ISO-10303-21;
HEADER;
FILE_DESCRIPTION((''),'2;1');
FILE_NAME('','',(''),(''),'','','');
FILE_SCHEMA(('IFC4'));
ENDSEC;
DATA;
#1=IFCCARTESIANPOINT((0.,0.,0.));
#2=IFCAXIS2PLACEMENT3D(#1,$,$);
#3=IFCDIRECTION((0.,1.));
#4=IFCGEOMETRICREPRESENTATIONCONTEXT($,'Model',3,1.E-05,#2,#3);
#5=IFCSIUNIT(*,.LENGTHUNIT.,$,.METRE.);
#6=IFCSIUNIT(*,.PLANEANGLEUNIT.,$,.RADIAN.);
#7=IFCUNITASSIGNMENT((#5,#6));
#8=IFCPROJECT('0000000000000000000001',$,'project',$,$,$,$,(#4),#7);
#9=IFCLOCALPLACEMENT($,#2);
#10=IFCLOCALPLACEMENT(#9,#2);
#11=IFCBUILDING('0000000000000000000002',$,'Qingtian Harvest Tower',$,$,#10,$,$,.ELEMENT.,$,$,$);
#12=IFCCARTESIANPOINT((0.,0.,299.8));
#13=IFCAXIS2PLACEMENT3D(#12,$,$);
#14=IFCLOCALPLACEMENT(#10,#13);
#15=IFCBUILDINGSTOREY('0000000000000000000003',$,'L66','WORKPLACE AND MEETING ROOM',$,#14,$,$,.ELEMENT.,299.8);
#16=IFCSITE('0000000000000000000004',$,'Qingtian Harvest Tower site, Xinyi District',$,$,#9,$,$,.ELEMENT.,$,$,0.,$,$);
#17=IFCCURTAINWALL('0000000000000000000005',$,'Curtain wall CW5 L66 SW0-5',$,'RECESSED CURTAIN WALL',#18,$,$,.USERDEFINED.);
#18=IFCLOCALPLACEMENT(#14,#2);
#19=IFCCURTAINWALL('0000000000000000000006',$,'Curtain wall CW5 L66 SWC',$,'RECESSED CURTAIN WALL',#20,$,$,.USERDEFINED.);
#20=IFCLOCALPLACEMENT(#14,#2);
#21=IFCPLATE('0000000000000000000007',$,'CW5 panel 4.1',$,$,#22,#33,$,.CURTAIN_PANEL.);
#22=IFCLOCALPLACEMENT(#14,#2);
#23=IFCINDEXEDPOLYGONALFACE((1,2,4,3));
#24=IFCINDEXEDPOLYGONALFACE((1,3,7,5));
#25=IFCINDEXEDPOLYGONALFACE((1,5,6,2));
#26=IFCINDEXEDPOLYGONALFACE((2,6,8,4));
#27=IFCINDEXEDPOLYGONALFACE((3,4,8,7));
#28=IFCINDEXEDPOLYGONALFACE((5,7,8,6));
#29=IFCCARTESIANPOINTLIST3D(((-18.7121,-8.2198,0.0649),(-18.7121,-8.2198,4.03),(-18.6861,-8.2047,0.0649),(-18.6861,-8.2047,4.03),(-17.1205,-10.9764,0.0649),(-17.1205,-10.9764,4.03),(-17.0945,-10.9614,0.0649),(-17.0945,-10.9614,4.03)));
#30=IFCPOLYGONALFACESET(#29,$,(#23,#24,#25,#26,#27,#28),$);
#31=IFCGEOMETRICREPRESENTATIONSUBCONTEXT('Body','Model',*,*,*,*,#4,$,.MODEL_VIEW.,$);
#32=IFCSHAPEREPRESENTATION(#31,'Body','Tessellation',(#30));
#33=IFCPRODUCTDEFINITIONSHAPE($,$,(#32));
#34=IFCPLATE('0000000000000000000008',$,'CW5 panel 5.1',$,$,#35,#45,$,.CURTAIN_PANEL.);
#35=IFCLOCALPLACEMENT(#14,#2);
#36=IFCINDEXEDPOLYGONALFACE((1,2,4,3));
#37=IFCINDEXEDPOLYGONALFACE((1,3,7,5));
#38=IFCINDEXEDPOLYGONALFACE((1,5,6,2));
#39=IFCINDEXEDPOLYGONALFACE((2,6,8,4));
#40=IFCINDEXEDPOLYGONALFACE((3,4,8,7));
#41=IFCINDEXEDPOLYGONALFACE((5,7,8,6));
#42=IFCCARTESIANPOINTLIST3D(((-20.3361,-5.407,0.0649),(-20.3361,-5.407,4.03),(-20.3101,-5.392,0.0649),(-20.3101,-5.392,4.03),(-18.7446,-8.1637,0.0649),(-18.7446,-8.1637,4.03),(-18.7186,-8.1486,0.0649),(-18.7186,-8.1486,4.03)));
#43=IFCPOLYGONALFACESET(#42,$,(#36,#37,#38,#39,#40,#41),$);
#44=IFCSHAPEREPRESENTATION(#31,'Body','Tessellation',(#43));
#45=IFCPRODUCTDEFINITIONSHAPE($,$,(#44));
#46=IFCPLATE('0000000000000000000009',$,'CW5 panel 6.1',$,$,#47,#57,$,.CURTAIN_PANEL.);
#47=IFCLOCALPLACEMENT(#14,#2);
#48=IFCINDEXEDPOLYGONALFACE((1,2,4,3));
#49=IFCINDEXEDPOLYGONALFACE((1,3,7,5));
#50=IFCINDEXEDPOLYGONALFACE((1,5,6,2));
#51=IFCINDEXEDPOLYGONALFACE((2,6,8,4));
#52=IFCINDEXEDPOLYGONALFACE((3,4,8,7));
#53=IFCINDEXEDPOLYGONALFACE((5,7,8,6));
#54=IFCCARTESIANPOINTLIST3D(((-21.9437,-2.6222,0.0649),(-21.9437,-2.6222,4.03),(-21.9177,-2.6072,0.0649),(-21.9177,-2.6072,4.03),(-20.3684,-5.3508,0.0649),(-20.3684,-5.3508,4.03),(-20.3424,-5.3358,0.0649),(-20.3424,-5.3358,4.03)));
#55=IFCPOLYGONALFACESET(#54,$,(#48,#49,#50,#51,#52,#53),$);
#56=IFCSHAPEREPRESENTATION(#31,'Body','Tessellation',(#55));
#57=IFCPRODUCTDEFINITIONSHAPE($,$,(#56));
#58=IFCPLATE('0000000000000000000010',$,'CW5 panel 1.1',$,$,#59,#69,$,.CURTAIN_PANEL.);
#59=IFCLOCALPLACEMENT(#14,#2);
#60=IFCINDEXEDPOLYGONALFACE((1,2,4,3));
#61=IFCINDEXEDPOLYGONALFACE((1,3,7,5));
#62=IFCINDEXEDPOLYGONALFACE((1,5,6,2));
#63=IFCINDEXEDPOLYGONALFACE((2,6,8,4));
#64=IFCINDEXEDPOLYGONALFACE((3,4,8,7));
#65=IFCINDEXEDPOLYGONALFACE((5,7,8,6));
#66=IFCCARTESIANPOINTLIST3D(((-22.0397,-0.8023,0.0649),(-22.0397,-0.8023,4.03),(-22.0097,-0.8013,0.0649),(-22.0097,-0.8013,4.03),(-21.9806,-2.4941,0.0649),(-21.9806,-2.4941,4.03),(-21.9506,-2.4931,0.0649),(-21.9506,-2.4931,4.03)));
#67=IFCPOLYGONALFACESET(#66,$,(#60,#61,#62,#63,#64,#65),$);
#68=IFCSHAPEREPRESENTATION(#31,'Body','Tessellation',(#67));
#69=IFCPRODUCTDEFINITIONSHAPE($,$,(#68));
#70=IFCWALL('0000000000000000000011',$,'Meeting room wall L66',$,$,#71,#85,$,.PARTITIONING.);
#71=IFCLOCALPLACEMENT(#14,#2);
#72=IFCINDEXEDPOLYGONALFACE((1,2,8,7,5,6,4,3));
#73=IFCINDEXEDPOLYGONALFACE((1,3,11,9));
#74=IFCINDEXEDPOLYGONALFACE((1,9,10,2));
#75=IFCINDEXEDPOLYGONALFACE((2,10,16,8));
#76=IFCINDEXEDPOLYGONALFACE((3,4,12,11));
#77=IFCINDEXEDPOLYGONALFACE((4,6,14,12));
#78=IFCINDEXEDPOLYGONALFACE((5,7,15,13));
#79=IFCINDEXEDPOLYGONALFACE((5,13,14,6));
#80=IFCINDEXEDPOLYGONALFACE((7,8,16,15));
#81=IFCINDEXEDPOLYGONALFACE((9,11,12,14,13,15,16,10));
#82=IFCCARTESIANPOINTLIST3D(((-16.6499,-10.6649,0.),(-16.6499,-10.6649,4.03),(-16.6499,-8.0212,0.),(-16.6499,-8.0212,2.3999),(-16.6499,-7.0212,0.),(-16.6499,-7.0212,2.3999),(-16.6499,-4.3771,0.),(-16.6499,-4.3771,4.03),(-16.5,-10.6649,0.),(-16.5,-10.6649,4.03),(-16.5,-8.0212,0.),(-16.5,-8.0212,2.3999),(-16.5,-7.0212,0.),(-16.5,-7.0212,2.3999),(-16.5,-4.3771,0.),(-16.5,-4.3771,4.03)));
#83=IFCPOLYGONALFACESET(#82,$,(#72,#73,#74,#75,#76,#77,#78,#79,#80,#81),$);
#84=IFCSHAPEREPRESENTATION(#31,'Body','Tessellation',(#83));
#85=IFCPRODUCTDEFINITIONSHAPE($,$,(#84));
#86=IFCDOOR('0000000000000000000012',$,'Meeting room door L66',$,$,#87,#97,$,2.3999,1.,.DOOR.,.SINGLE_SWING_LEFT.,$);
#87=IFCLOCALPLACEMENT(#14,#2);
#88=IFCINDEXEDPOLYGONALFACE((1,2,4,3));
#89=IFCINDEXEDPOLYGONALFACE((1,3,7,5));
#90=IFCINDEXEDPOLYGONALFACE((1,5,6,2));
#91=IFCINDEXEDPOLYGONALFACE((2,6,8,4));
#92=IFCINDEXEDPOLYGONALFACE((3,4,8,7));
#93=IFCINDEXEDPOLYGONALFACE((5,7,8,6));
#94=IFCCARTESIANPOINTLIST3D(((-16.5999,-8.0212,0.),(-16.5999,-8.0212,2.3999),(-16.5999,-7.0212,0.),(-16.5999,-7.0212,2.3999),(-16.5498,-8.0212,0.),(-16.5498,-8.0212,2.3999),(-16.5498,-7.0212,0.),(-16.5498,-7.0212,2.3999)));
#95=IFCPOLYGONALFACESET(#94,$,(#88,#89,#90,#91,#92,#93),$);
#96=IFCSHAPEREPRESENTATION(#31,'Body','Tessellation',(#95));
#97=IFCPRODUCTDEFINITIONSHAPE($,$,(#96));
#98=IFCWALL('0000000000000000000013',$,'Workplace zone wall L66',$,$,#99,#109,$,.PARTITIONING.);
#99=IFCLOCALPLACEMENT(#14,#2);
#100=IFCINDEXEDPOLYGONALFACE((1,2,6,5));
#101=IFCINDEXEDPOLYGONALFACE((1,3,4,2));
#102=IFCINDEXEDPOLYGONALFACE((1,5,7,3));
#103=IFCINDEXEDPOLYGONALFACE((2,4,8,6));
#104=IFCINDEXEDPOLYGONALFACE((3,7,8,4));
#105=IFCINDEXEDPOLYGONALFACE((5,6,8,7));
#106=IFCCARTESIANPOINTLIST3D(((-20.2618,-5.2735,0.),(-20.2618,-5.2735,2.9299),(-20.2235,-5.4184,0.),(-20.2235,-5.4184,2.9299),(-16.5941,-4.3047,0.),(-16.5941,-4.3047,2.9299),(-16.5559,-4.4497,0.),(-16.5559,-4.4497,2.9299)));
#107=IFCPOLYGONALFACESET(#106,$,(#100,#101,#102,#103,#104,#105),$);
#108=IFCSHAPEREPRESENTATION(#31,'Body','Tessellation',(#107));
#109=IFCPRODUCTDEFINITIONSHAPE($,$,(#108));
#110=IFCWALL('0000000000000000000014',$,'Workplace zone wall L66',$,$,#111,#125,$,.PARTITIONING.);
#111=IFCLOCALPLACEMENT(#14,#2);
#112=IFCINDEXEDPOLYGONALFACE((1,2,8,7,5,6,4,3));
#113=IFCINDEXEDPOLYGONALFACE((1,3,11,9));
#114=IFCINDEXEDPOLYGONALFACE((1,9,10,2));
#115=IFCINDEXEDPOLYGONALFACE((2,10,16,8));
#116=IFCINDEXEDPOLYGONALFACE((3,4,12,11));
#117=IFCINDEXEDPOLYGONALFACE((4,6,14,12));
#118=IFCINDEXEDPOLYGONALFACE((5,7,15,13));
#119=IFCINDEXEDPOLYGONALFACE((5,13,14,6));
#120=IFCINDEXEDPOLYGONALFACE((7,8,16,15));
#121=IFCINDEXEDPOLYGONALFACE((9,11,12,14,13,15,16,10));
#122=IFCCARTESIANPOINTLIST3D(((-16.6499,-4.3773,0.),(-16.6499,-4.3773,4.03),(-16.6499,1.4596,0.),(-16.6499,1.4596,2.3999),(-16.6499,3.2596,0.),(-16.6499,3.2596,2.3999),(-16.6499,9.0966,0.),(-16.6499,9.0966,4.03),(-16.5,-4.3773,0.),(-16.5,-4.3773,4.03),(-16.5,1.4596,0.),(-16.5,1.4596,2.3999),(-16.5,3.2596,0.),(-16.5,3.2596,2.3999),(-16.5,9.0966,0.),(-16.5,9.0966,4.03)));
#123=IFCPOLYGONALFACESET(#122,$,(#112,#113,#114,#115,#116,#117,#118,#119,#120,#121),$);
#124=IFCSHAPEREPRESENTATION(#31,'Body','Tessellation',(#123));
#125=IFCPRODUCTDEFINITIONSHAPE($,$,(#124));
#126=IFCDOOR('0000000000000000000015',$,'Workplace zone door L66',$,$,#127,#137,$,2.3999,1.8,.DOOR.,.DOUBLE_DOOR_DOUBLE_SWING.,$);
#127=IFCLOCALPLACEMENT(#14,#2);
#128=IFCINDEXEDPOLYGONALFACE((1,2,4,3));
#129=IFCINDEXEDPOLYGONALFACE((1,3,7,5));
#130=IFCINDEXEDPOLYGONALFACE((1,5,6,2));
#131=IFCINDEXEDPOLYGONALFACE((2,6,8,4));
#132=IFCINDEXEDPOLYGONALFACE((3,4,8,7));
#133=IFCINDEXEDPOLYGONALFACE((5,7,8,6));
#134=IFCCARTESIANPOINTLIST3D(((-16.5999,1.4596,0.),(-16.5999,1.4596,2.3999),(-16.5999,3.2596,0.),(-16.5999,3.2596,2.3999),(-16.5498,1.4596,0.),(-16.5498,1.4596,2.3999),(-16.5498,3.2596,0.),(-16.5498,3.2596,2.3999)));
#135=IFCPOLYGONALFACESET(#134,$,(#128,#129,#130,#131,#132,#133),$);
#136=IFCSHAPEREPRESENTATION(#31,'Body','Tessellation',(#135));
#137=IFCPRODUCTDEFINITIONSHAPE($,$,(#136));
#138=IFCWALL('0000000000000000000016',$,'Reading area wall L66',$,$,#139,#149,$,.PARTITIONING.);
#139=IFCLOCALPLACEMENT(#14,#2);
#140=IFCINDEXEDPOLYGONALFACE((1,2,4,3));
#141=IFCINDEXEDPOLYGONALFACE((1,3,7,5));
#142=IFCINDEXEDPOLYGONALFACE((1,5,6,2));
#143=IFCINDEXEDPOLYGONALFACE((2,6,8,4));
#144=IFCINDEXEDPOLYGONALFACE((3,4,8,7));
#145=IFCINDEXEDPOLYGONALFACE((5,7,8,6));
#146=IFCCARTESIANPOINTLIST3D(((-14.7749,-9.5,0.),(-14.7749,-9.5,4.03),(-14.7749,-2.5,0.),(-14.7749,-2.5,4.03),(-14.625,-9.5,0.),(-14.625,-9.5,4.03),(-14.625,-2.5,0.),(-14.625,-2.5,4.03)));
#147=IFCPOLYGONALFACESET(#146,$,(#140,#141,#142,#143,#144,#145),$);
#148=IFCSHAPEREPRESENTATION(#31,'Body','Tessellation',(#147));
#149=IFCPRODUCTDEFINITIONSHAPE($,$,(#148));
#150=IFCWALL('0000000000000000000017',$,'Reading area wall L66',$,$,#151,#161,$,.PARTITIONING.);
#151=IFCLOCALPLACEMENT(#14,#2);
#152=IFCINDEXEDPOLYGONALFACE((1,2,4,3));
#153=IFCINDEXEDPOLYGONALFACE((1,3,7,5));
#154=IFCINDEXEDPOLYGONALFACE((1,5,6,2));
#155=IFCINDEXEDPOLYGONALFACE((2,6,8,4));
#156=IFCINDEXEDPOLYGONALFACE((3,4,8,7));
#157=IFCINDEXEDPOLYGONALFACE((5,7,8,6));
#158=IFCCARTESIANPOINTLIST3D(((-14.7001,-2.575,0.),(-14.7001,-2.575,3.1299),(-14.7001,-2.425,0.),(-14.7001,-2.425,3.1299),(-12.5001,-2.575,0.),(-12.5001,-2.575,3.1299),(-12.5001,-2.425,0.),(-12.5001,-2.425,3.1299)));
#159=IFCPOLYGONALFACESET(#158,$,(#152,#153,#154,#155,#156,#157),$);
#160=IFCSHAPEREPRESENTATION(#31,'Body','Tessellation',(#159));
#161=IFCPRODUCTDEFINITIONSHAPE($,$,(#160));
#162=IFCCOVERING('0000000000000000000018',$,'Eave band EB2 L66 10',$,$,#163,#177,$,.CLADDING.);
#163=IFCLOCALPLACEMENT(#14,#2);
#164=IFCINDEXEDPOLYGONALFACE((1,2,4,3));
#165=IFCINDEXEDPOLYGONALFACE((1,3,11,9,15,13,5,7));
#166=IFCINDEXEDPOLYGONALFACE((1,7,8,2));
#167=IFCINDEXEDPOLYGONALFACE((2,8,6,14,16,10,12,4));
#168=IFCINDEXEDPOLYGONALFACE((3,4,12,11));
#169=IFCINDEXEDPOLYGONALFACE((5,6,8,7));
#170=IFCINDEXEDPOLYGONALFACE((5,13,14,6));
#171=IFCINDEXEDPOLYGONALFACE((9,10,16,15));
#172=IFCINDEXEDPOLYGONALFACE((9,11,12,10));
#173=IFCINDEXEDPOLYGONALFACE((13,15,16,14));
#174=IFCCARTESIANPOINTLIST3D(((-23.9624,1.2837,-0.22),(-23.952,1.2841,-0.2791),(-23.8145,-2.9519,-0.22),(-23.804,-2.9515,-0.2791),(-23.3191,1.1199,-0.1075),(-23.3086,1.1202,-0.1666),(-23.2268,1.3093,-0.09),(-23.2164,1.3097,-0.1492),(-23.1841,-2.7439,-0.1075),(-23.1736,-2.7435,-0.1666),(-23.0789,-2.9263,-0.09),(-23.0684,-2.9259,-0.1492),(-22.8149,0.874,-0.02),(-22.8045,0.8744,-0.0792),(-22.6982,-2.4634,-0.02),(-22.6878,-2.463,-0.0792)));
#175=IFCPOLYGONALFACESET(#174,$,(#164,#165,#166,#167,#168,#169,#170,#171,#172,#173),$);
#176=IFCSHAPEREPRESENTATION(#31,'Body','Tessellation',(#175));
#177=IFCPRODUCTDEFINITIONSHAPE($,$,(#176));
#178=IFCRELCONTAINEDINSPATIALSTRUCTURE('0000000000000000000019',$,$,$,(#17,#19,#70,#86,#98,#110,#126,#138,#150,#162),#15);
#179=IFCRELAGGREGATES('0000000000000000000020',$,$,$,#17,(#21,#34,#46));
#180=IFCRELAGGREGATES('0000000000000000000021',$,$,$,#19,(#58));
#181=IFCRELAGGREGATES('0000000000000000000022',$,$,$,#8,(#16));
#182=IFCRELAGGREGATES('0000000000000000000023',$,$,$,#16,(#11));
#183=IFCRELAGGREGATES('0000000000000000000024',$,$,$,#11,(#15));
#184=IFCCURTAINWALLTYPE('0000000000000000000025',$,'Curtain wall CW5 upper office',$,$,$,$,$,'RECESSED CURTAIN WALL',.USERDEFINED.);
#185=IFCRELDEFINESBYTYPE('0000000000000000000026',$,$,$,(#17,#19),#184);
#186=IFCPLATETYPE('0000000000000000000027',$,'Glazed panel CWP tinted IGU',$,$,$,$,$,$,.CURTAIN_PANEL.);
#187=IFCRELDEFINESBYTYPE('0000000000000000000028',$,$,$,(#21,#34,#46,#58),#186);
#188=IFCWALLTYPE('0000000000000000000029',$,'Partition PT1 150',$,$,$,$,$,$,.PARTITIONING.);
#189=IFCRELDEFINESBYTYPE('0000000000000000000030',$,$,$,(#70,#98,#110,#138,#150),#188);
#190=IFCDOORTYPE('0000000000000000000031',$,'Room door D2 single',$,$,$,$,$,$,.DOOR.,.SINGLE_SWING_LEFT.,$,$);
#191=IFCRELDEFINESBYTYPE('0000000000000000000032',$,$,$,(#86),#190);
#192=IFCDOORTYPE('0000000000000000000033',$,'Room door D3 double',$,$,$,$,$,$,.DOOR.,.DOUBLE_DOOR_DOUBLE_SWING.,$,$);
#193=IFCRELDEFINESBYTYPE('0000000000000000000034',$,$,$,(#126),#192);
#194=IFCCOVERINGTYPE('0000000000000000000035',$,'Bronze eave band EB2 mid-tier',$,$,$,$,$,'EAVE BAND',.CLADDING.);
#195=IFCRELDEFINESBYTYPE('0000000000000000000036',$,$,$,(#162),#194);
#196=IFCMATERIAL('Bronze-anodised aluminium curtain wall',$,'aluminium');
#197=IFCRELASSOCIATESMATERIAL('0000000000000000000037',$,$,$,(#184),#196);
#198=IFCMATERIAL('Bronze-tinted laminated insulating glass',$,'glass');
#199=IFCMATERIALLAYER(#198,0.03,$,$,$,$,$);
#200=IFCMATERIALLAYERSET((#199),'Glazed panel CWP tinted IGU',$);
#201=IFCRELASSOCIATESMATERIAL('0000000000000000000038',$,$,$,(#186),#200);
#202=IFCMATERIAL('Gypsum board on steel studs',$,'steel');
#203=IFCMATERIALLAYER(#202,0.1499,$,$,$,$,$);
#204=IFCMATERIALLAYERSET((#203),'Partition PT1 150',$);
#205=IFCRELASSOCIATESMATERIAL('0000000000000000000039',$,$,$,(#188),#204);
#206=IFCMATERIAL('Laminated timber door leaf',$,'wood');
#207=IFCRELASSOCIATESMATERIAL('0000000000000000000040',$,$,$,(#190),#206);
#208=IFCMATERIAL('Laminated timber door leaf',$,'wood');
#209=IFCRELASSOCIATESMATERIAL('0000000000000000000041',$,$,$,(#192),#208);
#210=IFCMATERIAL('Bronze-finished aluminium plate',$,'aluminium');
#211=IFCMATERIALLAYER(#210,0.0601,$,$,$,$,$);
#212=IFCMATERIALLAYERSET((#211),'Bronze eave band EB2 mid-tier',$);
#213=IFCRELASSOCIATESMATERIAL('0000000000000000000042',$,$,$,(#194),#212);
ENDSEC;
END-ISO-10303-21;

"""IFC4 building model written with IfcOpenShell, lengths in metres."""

from ifc_helpers import new_model, si_unit, direction, frame, frame_2d, origin, origin_2d, place, context, subcontext, project, spatial, polyline, rectangle, outline, extrude, material, layer, layer_set, type_object, element, fill, aggregate, save


model = new_model("IFC4")

# Units and contexts
model_context = context("Model", 3, precision=1e-05, world=origin(), true_north=direction((0.0, 1.0)))
body_context = subcontext(model_context, "Body", "Model", "MODEL_VIEW")
ifc_project = project(units=[si_unit("LENGTHUNIT", "METRE"), si_unit("PLANEANGLEUNIT", "RADIAN")], contexts=[model_context])

# Site, building, storey
site_placement = place(None, origin())
site = spatial("IfcSite", under=ifc_project, at=site_placement, Name="Qingtian Harvest Tower site, Xinyi District", CompositionType="ELEMENT", RefElevation=0.0)
building_placement = place(site_placement, origin())
building = spatial("IfcBuilding", under=site, at=building_placement, Name="Qingtian Harvest Tower", CompositionType="ELEMENT")
storey_placement = place(building_placement, frame((0.0, 0.0, 299.8)))
storey = spatial("IfcBuildingStorey", under=building, at=storey_placement, Name="L66", Description="WORKPLACE AND MEETING ROOM", CompositionType="ELEMENT", Elevation=299.8)

# Curtain walls
ifc_material_1 = material(Name="Bronze-anodised aluminium curtain wall", Category="aluminium")
curtain_wall_type = type_object("IfcCurtainWallType", Name="Curtain wall CW5 upper office", ElementType="RECESSED CURTAIN WALL", PredefinedType="USERDEFINED", material=ifc_material_1)
curtain_wall_1_placement = place(storey_placement, origin())
curtain_wall_1 = element("IfcCurtainWall", 1, at=curtain_wall_1_placement, inside=storey, type_object=curtain_wall_type, Name="Curtain wall CW5 L66 SW0-5", ObjectType="RECESSED CURTAIN WALL", PredefinedType="USERDEFINED")
curtain_wall_2_placement = place(storey_placement, origin())
curtain_wall_2 = element("IfcCurtainWall", 2, at=curtain_wall_2_placement, inside=storey, type_object=curtain_wall_type, Name="Curtain wall CW5 L66 SWC", ObjectType="RECESSED CURTAIN WALL", PredefinedType="USERDEFINED")

# Plates
ifc_material_2 = material(Name="Bronze-tinted laminated insulating glass", Category="glass")
ifc_layer_1 = layer(ifc_material_2, 0.03)
ifc_layer_set_1 = layer_set([ifc_layer_1], Name="Glazed panel CWP tinted IGU")
plate_type = type_object("IfcPlateType", Name="Glazed panel CWP tinted IGU", PredefinedType="CURTAIN_PANEL", material=ifc_layer_set_1)
plate_1_placement = place(storey_placement, frame((-17.9033, -9.5906, 0.0649), z_axis=(0.0, 0.0, 1.0), x_axis=(-0.5, 0.866025, 0.0)))
plate_1 = element("IfcPlate", 3, at=plate_1_placement, type_object=plate_type, Name="CW5 panel 4.1", PredefinedType="CURTAIN_PANEL", context=body_context, shape_type="SweptSolid", body=[
    extrude(rectangle(XDim=3.1831, YDim=0.03, at=origin_2d()), origin(), (0.0, 0.0, 1.0), 3.9651),
])
plate_2_placement = place(storey_placement, frame((-19.5273, -6.7778, 0.0649), z_axis=(0.0, 0.0, 1.0), x_axis=(-0.5, 0.866025, 0.0)))
plate_2 = element("IfcPlate", 4, at=plate_2_placement, type_object=plate_type, Name="CW5 panel 5.1", PredefinedType="CURTAIN_PANEL", context=body_context, shape_type="SweptSolid", body=[
    extrude(rectangle(XDim=3.1831, YDim=0.03, at=origin_2d()), origin(), (0.0, 0.0, 1.0), 3.9651),
])
plate_3_placement = place(storey_placement, frame((-21.1431, -3.979, 0.0649), z_axis=(0.0, 0.0, 1.0), x_axis=(-0.5, 0.866025, 0.0)))
plate_3 = element("IfcPlate", 5, at=plate_3_placement, type_object=plate_type, Name="CW5 panel 6.1", PredefinedType="CURTAIN_PANEL", context=body_context, shape_type="SweptSolid", body=[
    extrude(rectangle(XDim=3.1506, YDim=0.03, at=origin_2d()), origin(), (0.0, 0.0, 1.0), 3.9651),
])
aggregate(curtain_wall_1, [plate_1, plate_2, plate_3])
plate_4_placement = place(storey_placement, frame((-21.9951, -1.6477, 0.0649), z_axis=(0.0, 0.0, 1.0), x_axis=(-0.034899, 0.999391, 0.0)))
plate_4 = element("IfcPlate", 6, at=plate_4_placement, type_object=plate_type, Name="CW5 panel 1.1", PredefinedType="CURTAIN_PANEL", context=body_context, shape_type="SweptSolid", body=[
    extrude(rectangle(XDim=1.6929, YDim=0.03, at=origin_2d()), origin(), (0.0, 0.0, 1.0), 3.9651),
])
aggregate(curtain_wall_2, [plate_4])

# Wall, opening, door
ifc_material_3 = material(Name="Gypsum board on steel studs", Category="steel")
ifc_layer_2 = layer(ifc_material_3, 0.1499)
ifc_layer_set_2 = layer_set([ifc_layer_2], Name="Partition PT1 150")
wall_type = type_object("IfcWallType", Name="Partition PT1 150", PredefinedType="PARTITIONING", material=ifc_layer_set_2)
wall_1_placement = place(storey_placement, frame((-16.575, -10.665, 0.0), z_axis=(0.0, 0.0, 1.0), x_axis=(0.0, 1.0, 0.0)))
wall_1 = element("IfcWall", 7, at=wall_1_placement, inside=storey, type_object=wall_type, Name="Meeting room wall L66", PredefinedType="PARTITIONING", context=body_context, shape_type="SweptSolid", body=[
    extrude(rectangle(XDim=6.2878, YDim=0.1499, at=frame_2d((3.144, 0.0))), origin(), (0.0, 0.0, 1.0), 4.03),
])
opening_1_placement = place(wall_1_placement, frame((2.6438, 0.0, 0.0)))
opening_1 = element("IfcOpeningElement", 8, at=opening_1_placement, cuts=wall_1, PredefinedType="OPENING", context=body_context, shape_type="SweptSolid", body=[
    extrude(rectangle(XDim=1.0, YDim=2.3999, at=frame_2d((0.5, 1.2))), frame((0.0, 0.085, 0.0), z_axis=(0.0, -1.0, 0.0), x_axis=(1.0, 0.0, 0.0)), (0.0, 0.0, 1.0), 0.1699),
])
ifc_material_4 = material(Name="Laminated timber door leaf", Category="wood")
door_type_1 = type_object("IfcDoorType", Name="Room door D2 single", OperationType="SINGLE_SWING_LEFT", PredefinedType="DOOR", material=ifc_material_4)
door_1_placement = place(opening_1_placement, origin())
door_1 = element("IfcDoor", 9, at=door_1_placement, inside=storey, type_object=door_type_1, Name="Meeting room door L66", OperationType="SINGLE_SWING_LEFT", OverallHeight=2.3999, OverallWidth=1.0, PredefinedType="DOOR", context=body_context, shape_type="SweptSolid", body=[
    extrude(rectangle(XDim=1.0, YDim=2.3999, at=frame_2d((0.5, 1.2))), frame((0.0, 0.0249, 0.0), z_axis=(0.0, -1.0, 0.0), x_axis=(1.0, 0.0, 0.0)), (0.0, 0.0, 1.0), 0.05),
])
fill(opening_1, door_1)

# Wall
wall_2_placement = place(storey_placement, frame((-20.2427, -5.3459, 0.0), z_axis=(0.0, 0.0, 1.0), x_axis=(0.966843, 0.255371, 0.0)))
element("IfcWall", 10, at=wall_2_placement, inside=storey, type_object=wall_type, Name="Workplace zone wall L66", PredefinedType="PARTITIONING", context=body_context, shape_type="SweptSolid", body=[
    extrude(rectangle(XDim=3.7935, YDim=0.1499, at=frame_2d((1.8967, 0.0))), origin(), (0.0, 0.0, 1.0), 2.9299),
])

# Wall, opening, door
wall_3_placement = place(storey_placement, frame((-16.575, -4.3772, 0.0), z_axis=(0.0, 0.0, 1.0), x_axis=(0.0, 1.0, 0.0)))
wall_3 = element("IfcWall", 11, at=wall_3_placement, inside=storey, type_object=wall_type, Name="Workplace zone wall L66", PredefinedType="PARTITIONING", context=body_context, shape_type="SweptSolid", body=[
    extrude(rectangle(XDim=13.4739, YDim=0.1499, at=frame_2d((6.7368, 0.0))), origin(), (0.0, 0.0, 1.0), 4.03),
])
opening_2_placement = place(wall_3_placement, frame((5.8369, 0.0, 0.0)))
opening_2 = element("IfcOpeningElement", 12, at=opening_2_placement, cuts=wall_3, PredefinedType="OPENING", context=body_context, shape_type="SweptSolid", body=[
    extrude(rectangle(XDim=1.8, YDim=2.3999, at=frame_2d((0.8999, 1.2))), frame((0.0, 0.085, 0.0), z_axis=(0.0, -1.0, 0.0), x_axis=(1.0, 0.0, 0.0)), (0.0, 0.0, 1.0), 0.1699),
])
ifc_material_5 = material(Name="Laminated timber door leaf", Category="wood")
door_type_2 = type_object("IfcDoorType", Name="Room door D3 double", OperationType="DOUBLE_DOOR_DOUBLE_SWING", PredefinedType="DOOR", material=ifc_material_5)
door_2_placement = place(opening_2_placement, origin())
door_2 = element("IfcDoor", 13, at=door_2_placement, inside=storey, type_object=door_type_2, Name="Workplace zone door L66", OperationType="DOUBLE_DOOR_DOUBLE_SWING", OverallHeight=2.3999, OverallWidth=1.8, PredefinedType="DOOR", context=body_context, shape_type="SweptSolid", body=[
    extrude(rectangle(XDim=1.8, YDim=2.3999, at=frame_2d((0.8999, 1.2))), frame((0.0, 0.0249, 0.0), z_axis=(0.0, -1.0, 0.0), x_axis=(1.0, 0.0, 0.0)), (0.0, 0.0, 1.0), 0.05),
])
fill(opening_2, door_2)

# Walls
wall_4_placement = place(storey_placement, frame((-14.7, -9.5, 0.0), z_axis=(0.0, 0.0, 1.0), x_axis=(0.0, 1.0, 0.0)))
element("IfcWall", 14, at=wall_4_placement, inside=storey, type_object=wall_type, Name="Reading area wall L66", PredefinedType="PARTITIONING", context=body_context, shape_type="SweptSolid", body=[
    extrude(rectangle(XDim=7.0, YDim=0.1499, at=frame_2d((3.5, 0.0))), origin(), (0.0, 0.0, 1.0), 4.03),
])
wall_5_placement = place(storey_placement, frame((-12.5, -2.5, 0.0), z_axis=(0.0, 0.0, 1.0), x_axis=(-1.0, 0.0, 0.0)))
element("IfcWall", 15, at=wall_5_placement, inside=storey, type_object=wall_type, Name="Reading area wall L66", PredefinedType="PARTITIONING", context=body_context, shape_type="SweptSolid", body=[
    extrude(rectangle(XDim=2.2, YDim=0.1499, at=frame_2d((1.1001, 0.0))), origin(), (0.0, 0.0, 1.0), 3.1299),
])

# Covering
ifc_material_6 = material(Name="Bronze-finished aluminium plate", Category="aluminium")
ifc_layer_3 = layer(ifc_material_6, 0.0601)
ifc_layer_set_3 = layer_set([ifc_layer_3], Name="Bronze eave band EB2 mid-tier")
covering_type = type_object("IfcCoveringType", Name="Bronze eave band EB2 mid-tier", ElementType="EAVE BAND", PredefinedType="CLADDING", material=ifc_layer_set_3)
covering_placement = place(storey_placement, frame((-22.6982, -2.4634, -0.02), z_axis=(-0.17376, -0.006071, 0.984769), x_axis=(-0.855673, -0.494063, -0.154028)))
element("IfcCovering", 16, at=covering_placement, inside=storey, type_object=covering_type, Name="Eave band EB2 L66 10", PredefinedType="CLADDING", context=body_context, shape_type="SweptSolid", body=[
    extrude(outline(polyline([(0.0, 0.0), (0.5678, 0.0), (0.5652, 0.2112), (1.2273, -0.1355), (-0.7388, -3.8901), (-1.4009, -3.5433), (-1.2256, -3.425), (-1.549, -2.9584), (0.0, 0.0)])), origin(), (0.0, 0.0, -1.0), 0.0601),
])

save(model, "model.ifc")
